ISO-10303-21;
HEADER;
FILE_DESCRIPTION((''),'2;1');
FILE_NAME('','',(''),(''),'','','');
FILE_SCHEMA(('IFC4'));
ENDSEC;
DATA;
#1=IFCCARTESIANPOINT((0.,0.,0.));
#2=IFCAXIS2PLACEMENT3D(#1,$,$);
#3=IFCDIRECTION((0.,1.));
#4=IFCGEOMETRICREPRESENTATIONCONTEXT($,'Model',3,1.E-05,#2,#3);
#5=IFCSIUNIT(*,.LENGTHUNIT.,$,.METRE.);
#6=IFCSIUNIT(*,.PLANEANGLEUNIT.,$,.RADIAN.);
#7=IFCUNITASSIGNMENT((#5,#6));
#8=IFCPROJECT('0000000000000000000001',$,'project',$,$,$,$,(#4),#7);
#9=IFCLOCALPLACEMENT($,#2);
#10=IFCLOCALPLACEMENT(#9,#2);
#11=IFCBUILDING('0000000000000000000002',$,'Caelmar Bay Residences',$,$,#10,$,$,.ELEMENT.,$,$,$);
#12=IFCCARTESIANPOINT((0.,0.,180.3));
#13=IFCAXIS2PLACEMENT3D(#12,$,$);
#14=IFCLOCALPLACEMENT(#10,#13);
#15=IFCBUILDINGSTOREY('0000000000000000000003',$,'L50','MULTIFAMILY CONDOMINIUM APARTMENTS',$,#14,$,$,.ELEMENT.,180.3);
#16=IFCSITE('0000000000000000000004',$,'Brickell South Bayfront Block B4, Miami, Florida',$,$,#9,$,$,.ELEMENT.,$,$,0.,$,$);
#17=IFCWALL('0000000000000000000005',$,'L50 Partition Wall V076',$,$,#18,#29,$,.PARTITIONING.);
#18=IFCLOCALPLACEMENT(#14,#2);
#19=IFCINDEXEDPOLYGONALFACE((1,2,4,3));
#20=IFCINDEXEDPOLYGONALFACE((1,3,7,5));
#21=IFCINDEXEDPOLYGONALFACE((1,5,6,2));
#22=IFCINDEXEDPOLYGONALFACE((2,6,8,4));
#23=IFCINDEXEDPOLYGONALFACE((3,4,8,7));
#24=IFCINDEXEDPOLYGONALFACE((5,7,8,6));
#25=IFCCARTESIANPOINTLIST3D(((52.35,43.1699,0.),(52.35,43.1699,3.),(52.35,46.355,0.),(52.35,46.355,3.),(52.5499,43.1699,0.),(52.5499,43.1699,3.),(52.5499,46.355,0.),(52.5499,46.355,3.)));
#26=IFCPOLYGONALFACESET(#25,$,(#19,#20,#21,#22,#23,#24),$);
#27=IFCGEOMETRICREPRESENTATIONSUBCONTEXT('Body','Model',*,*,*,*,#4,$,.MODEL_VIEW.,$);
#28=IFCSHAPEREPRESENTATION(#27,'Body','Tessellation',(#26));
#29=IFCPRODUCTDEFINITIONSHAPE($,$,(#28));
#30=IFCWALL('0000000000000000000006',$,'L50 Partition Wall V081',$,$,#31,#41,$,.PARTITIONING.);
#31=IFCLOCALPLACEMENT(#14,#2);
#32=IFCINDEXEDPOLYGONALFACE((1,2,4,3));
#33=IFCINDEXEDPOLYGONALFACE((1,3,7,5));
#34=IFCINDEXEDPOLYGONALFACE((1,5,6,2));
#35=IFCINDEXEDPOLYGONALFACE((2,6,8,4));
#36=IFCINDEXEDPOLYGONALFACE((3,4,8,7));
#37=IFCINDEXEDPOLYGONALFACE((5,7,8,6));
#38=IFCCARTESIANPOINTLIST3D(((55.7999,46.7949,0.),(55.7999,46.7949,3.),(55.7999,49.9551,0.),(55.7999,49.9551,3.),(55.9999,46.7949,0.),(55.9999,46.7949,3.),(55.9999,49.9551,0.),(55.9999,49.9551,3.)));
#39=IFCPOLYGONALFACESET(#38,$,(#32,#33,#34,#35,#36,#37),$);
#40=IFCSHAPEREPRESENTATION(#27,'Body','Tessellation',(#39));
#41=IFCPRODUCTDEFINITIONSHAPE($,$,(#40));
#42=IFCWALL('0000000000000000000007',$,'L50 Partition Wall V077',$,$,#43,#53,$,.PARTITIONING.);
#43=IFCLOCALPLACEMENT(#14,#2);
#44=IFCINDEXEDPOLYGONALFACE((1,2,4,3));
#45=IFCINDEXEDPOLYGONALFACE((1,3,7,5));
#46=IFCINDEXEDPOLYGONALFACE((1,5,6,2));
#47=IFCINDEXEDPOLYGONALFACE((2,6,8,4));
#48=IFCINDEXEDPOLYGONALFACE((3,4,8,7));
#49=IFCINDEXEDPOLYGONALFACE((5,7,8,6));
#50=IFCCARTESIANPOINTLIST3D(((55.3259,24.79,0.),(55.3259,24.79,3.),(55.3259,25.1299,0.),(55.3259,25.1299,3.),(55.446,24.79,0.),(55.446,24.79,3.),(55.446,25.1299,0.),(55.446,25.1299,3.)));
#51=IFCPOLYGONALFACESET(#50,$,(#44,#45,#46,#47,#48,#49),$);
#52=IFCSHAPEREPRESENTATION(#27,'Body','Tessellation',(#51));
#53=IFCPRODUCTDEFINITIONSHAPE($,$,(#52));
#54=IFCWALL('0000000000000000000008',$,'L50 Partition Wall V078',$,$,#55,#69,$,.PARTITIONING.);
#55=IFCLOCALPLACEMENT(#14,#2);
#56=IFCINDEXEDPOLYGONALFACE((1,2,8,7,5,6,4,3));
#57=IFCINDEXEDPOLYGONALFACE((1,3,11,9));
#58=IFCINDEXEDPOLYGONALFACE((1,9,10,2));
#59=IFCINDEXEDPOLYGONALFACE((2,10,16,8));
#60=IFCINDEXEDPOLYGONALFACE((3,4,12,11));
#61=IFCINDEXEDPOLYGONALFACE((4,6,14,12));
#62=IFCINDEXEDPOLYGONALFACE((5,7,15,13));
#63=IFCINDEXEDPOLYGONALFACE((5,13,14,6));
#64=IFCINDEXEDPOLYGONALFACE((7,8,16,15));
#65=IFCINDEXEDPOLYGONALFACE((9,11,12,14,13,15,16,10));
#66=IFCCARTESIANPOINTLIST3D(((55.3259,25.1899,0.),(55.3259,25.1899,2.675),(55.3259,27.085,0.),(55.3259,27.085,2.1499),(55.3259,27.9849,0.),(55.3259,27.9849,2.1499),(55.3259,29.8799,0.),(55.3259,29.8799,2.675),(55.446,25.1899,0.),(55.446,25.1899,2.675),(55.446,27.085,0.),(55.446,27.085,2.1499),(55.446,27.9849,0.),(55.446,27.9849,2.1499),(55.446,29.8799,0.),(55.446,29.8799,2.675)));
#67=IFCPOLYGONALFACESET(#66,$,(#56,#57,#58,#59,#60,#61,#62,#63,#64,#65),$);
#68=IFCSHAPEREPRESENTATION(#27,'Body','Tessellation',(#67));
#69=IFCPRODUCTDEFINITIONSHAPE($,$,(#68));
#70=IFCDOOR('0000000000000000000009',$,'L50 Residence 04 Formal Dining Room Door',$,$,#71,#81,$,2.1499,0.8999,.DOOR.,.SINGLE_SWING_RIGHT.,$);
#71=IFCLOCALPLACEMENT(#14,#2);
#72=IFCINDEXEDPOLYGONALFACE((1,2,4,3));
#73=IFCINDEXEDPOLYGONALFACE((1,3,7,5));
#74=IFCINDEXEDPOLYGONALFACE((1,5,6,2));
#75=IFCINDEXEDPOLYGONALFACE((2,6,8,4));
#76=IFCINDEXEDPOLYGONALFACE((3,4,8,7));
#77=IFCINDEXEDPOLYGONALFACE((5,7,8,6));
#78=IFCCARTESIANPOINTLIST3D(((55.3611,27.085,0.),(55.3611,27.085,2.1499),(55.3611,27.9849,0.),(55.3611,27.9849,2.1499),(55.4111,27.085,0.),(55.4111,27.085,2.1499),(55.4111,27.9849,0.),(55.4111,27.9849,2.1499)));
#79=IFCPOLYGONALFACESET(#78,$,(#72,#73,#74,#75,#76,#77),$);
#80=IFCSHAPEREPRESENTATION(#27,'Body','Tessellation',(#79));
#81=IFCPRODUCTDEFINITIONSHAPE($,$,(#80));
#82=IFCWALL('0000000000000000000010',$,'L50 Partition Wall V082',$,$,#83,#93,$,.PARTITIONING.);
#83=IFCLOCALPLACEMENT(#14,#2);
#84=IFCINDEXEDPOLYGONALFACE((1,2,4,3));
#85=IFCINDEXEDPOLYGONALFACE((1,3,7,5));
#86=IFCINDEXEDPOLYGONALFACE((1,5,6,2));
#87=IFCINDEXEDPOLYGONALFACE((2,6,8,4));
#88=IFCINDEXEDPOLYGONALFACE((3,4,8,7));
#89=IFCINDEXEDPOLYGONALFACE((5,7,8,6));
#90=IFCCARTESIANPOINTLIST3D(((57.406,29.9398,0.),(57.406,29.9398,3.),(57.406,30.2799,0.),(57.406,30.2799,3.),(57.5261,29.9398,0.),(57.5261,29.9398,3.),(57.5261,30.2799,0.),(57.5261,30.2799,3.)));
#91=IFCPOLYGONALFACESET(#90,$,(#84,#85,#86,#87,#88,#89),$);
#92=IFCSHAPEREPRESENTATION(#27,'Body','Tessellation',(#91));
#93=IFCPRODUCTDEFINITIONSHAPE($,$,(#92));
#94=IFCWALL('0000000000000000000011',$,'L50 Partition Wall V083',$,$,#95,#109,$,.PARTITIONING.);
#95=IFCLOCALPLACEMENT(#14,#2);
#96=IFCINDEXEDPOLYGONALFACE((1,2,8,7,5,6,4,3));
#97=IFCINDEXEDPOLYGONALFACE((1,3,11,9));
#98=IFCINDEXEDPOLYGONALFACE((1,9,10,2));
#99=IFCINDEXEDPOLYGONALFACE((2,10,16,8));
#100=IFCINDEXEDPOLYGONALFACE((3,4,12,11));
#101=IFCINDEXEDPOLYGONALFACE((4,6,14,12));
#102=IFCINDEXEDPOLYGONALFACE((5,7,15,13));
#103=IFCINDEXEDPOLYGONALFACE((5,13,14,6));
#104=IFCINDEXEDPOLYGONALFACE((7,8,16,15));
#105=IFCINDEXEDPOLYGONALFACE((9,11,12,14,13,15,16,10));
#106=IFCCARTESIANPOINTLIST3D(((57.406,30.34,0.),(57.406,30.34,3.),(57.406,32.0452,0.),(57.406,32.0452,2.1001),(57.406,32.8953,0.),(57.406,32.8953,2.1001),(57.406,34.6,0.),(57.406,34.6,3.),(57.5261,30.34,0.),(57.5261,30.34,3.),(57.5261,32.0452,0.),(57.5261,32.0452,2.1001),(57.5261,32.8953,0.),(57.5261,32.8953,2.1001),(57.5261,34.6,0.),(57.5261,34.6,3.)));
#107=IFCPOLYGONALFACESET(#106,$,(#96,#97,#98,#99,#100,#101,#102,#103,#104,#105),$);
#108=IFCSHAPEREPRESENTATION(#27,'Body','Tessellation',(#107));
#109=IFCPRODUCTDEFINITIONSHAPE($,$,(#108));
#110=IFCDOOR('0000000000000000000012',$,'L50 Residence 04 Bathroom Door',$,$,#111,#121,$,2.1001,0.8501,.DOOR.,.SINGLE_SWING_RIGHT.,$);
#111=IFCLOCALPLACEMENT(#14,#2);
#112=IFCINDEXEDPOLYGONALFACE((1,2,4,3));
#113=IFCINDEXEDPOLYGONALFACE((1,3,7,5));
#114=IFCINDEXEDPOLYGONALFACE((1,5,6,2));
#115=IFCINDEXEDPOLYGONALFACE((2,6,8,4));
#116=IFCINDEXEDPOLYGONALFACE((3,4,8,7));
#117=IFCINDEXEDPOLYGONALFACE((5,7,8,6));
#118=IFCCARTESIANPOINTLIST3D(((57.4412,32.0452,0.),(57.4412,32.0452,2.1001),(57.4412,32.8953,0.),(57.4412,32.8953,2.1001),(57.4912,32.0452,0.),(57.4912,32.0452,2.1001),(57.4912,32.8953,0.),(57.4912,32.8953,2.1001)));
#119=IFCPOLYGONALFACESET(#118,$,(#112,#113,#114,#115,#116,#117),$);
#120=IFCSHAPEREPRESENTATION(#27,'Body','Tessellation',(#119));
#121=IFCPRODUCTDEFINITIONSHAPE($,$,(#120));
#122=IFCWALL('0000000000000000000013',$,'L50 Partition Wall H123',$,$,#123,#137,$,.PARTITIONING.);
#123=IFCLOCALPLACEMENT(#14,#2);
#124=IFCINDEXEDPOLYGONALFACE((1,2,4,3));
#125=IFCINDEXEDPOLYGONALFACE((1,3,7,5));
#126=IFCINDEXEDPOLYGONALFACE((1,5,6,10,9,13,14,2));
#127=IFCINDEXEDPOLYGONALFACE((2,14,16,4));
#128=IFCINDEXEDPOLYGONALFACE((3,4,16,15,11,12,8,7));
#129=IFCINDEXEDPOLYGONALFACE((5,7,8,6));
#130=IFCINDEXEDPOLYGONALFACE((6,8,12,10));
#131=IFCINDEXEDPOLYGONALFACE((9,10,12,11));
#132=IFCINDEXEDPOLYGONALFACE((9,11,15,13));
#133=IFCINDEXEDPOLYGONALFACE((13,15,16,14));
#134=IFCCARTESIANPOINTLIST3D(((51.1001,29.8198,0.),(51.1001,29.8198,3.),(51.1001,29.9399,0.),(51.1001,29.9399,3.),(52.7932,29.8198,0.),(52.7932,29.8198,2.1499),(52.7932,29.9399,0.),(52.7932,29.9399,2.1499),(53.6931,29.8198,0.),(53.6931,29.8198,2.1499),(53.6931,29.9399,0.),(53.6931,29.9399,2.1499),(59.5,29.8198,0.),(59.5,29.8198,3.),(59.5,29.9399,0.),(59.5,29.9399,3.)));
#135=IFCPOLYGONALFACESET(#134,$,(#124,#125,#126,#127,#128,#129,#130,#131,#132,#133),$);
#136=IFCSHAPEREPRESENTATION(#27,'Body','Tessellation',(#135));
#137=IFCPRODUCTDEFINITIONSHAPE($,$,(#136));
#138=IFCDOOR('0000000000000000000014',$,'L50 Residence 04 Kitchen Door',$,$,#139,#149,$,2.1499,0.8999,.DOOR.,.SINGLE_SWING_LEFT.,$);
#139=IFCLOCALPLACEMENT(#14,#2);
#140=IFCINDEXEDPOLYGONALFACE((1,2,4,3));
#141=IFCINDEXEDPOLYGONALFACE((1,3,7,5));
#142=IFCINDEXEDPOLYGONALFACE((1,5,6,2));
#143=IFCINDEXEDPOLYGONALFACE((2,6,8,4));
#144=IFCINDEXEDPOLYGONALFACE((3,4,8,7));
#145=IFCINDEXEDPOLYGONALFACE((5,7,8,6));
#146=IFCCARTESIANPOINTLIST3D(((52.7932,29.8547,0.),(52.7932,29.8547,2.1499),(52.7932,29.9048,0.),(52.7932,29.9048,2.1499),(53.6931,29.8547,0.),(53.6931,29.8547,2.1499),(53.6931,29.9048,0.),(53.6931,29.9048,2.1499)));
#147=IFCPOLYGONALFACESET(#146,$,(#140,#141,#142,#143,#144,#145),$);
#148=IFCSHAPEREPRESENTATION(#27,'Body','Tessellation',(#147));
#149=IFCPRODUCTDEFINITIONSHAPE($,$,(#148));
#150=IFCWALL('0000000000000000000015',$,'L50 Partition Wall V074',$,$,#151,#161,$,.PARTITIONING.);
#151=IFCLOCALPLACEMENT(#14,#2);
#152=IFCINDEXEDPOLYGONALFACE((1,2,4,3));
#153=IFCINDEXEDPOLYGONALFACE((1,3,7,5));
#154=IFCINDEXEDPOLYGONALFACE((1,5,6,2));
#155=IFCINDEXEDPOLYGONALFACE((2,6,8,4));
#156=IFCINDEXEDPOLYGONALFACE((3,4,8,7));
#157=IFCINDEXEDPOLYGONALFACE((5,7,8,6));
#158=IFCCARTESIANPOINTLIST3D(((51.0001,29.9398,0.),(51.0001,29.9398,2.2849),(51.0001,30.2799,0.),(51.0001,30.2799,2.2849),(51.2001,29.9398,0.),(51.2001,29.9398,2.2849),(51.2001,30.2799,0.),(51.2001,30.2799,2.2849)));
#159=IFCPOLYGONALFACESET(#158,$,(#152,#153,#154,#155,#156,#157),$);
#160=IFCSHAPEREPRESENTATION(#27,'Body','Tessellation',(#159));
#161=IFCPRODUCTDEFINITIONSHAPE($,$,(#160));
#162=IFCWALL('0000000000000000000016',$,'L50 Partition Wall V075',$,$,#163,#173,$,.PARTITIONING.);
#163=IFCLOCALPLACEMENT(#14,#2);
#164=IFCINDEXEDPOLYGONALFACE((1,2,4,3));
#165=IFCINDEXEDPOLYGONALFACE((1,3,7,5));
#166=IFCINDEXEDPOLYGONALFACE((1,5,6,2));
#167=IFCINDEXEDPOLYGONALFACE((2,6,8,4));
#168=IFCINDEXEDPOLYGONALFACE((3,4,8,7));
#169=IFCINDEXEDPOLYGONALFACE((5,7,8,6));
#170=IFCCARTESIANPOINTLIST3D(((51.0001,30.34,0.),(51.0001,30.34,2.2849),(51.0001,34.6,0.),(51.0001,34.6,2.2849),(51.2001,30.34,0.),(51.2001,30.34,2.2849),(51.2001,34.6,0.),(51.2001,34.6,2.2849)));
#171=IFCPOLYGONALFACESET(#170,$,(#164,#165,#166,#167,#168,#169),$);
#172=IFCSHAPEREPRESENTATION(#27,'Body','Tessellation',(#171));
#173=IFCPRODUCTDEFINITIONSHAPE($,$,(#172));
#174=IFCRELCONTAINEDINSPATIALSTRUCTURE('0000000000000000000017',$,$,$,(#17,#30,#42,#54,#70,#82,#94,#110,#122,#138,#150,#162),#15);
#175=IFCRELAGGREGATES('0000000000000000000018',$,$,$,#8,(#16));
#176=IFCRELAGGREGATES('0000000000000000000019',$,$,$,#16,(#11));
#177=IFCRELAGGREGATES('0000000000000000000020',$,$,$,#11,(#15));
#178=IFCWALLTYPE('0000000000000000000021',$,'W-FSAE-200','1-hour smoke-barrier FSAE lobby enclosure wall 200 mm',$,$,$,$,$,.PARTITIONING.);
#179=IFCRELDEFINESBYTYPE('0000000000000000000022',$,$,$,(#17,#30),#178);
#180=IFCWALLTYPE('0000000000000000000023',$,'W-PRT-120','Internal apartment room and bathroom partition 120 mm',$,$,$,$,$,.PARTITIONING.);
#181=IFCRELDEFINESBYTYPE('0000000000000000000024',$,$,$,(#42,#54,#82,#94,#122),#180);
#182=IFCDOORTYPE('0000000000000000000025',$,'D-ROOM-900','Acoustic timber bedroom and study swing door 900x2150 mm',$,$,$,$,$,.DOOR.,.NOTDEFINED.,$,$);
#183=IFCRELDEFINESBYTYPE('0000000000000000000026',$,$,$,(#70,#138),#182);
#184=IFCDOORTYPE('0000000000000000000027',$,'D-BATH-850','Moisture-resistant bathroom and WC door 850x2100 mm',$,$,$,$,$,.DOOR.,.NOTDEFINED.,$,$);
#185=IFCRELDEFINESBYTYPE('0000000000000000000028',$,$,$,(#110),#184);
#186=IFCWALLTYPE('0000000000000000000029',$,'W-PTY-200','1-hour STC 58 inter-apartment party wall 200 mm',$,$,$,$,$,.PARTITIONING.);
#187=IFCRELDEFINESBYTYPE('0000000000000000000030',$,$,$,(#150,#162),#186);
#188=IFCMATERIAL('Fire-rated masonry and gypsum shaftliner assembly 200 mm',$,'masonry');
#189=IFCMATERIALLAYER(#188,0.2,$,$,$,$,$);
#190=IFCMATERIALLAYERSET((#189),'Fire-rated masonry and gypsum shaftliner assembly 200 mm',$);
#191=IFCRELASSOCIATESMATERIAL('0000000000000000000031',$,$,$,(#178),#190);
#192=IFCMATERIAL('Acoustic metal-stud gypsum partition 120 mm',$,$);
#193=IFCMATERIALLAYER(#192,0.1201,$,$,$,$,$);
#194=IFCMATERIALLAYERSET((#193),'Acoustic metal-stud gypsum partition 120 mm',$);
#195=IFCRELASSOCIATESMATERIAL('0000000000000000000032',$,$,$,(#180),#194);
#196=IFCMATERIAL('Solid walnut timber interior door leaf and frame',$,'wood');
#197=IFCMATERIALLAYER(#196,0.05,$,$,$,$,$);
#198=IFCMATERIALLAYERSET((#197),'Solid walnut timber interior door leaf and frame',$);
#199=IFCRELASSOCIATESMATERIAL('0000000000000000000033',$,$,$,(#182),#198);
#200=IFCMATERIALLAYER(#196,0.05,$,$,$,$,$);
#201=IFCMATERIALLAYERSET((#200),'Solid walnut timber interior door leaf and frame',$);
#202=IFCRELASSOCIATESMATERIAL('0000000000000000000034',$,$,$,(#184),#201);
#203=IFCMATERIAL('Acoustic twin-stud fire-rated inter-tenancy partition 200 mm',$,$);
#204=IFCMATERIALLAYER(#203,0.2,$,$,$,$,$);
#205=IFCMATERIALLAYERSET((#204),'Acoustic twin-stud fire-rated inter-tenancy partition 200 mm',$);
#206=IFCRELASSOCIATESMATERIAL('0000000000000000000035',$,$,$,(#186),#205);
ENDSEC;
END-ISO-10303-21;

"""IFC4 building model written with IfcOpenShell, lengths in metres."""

from ifc_helpers import new_model, si_unit, direction, frame, frame_2d, origin, place, context, subcontext, project, spatial, rectangle, extrude, material, layer, layer_set, type_object, element, fill, save


model = new_model("IFC4")

# Units and contexts
model_context = context("Model", 3, precision=1e-05, world=origin(), true_north=direction((0.0, 1.0)))
body_context = subcontext(model_context, "Body", "Model", "MODEL_VIEW")
ifc_project = project(units=[si_unit("LENGTHUNIT", "METRE"), si_unit("PLANEANGLEUNIT", "RADIAN")], contexts=[model_context])

# Site, building, storey
site_placement = place(None, origin())
site = spatial("IfcSite", under=ifc_project, at=site_placement, Name="Brickell South Bayfront Block B4, Miami, Florida", CompositionType="ELEMENT", RefElevation=0.0)
building_placement = place(site_placement, origin())
building = spatial("IfcBuilding", under=site, at=building_placement, Name="Caelmar Bay Residences", CompositionType="ELEMENT")
storey_placement = place(building_placement, frame((0.0, 0.0, 180.3)))
storey = spatial("IfcBuildingStorey", under=building, at=storey_placement, Name="L50", Description="MULTIFAMILY CONDOMINIUM APARTMENTS", CompositionType="ELEMENT", Elevation=180.3)

# Walls
ifc_material_1 = material(Name="Fire-rated masonry and gypsum shaftliner assembly 200 mm", Category="masonry")
ifc_layer_1 = layer(ifc_material_1, 0.2)
ifc_layer_set_1 = layer_set([ifc_layer_1], Name="Fire-rated masonry and gypsum shaftliner assembly 200 mm")
wall_type_1 = type_object("IfcWallType", Name="W-FSAE-200", Description="1-hour smoke-barrier FSAE lobby enclosure wall 200 mm", PredefinedType="PARTITIONING", material=ifc_layer_set_1)
wall_1_placement = place(storey_placement, frame((52.45, 43.1699, 0.0), z_axis=(0.0, 0.0, 1.0), x_axis=(0.0, 1.0, 0.0)))
element("IfcWall", 1, at=wall_1_placement, inside=storey, type_object=wall_type_1, Name="L50 Partition Wall V076", PredefinedType="PARTITIONING", context=body_context, shape_type="SweptSolid", body=[
    extrude(rectangle(XDim=3.1851, YDim=0.2, at=frame_2d((1.5925, 0.0))), origin(), (0.0, 0.0, 1.0), 3.0),
])
wall_2_placement = place(storey_placement, frame((55.8999, 46.7949, 0.0), z_axis=(0.0, 0.0, 1.0), x_axis=(0.0, 1.0, 0.0)))
element("IfcWall", 2, at=wall_2_placement, inside=storey, type_object=wall_type_1, Name="L50 Partition Wall V081", PredefinedType="PARTITIONING", context=body_context, shape_type="SweptSolid", body=[
    extrude(rectangle(XDim=3.1602, YDim=0.2, at=frame_2d((1.5801, 0.0))), origin(), (0.0, 0.0, 1.0), 3.0),
])
ifc_material_2 = material(Name="Acoustic metal-stud gypsum partition 120 mm")
ifc_layer_2 = layer(ifc_material_2, 0.1201)
ifc_layer_set_2 = layer_set([ifc_layer_2], Name="Acoustic metal-stud gypsum partition 120 mm")
wall_type_2 = type_object("IfcWallType", Name="W-PRT-120", Description="Internal apartment room and bathroom partition 120 mm", PredefinedType="PARTITIONING", material=ifc_layer_set_2)
wall_3_placement = place(storey_placement, frame((55.386, 24.79, 0.0), z_axis=(0.0, 0.0, 1.0), x_axis=(0.0, 1.0, 0.0)))
element("IfcWall", 3, at=wall_3_placement, inside=storey, type_object=wall_type_2, Name="L50 Partition Wall V077", PredefinedType="PARTITIONING", context=body_context, shape_type="SweptSolid", body=[
    extrude(rectangle(XDim=0.3398, YDim=0.1201, at=frame_2d((0.1699, 0.0))), origin(), (0.0, 0.0, 1.0), 3.0),
])

# Wall, opening, door
wall_4_placement = place(storey_placement, frame((55.386, 25.1899, 0.0), z_axis=(0.0, 0.0, 1.0), x_axis=(0.0, 1.0, 0.0)))
wall_4 = element("IfcWall", 4, at=wall_4_placement, inside=storey, type_object=wall_type_2, Name="L50 Partition Wall V078", PredefinedType="PARTITIONING", context=body_context, shape_type="SweptSolid", body=[
    extrude(rectangle(XDim=4.6899, YDim=0.1201, at=frame_2d((2.345, 0.0))), origin(), (0.0, 0.0, 1.0), 2.675),
])
opening_1_placement = place(wall_4_placement, frame((1.895, 0.0, 0.0)))
opening_1 = element("IfcOpeningElement", 5, at=opening_1_placement, cuts=wall_4, PredefinedType="OPENING", context=body_context, shape_type="SweptSolid", body=[
    extrude(rectangle(XDim=0.8999, YDim=2.1499, at=frame_2d((0.45, 1.075))), frame((0.0, 0.0701, 0.0), z_axis=(0.0, -1.0, 0.0), x_axis=(1.0, 0.0, 0.0)), (0.0, 0.0, 1.0), 0.1401),
])
ifc_material_3 = material(Name="Solid walnut timber interior door leaf and frame", Category="wood")
ifc_layer_3 = layer(ifc_material_3, 0.05)
ifc_layer_set_3 = layer_set([ifc_layer_3], Name="Solid walnut timber interior door leaf and frame")
door_type_1 = type_object("IfcDoorType", Name="D-ROOM-900", Description="Acoustic timber bedroom and study swing door 900x2150 mm", OperationType="NOTDEFINED", PredefinedType="DOOR", material=ifc_layer_set_3)
door_1_placement = place(opening_1_placement, origin())
door_1 = element("IfcDoor", 6, at=door_1_placement, inside=storey, type_object=door_type_1, Name="L50 Residence 04 Formal Dining Room Door", OperationType="SINGLE_SWING_RIGHT", OverallHeight=2.1499, OverallWidth=0.8999, PredefinedType="DOOR", context=body_context, shape_type="SweptSolid", body=[
    extrude(rectangle(XDim=0.8999, YDim=2.1499, at=frame_2d((0.45, 1.075))), frame((0.0, 0.0249, 0.0), z_axis=(0.0, -1.0, 0.0), x_axis=(1.0, 0.0, 0.0)), (0.0, 0.0, 1.0), 0.05),
])
fill(opening_1, door_1)

# Wall
wall_5_placement = place(storey_placement, frame((57.4661, 29.9399, 0.0), z_axis=(0.0, 0.0, 1.0), x_axis=(0.0, 1.0, 0.0)))
element("IfcWall", 7, at=wall_5_placement, inside=storey, type_object=wall_type_2, Name="L50 Partition Wall V082", PredefinedType="PARTITIONING", context=body_context, shape_type="SweptSolid", body=[
    extrude(rectangle(XDim=0.3401, YDim=0.1201, at=frame_2d((0.1699, 0.0))), origin(), (0.0, 0.0, 1.0), 3.0),
])

# Walls, openings, doors
wall_6_placement = place(storey_placement, frame((57.4661, 30.3401, 0.0), z_axis=(0.0, 0.0, 1.0), x_axis=(0.0, 1.0, 0.0)))
wall_6 = element("IfcWall", 8, at=wall_6_placement, inside=storey, type_object=wall_type_2, Name="L50 Partition Wall V083", PredefinedType="PARTITIONING", context=body_context, shape_type="SweptSolid", body=[
    extrude(rectangle(XDim=4.26, YDim=0.1201, at=frame_2d((2.1299, 0.0))), origin(), (0.0, 0.0, 1.0), 3.0),
])
opening_2_placement = place(wall_6_placement, frame((1.7051, 0.0, 0.0)))
opening_2 = element("IfcOpeningElement", 9, at=opening_2_placement, cuts=wall_6, PredefinedType="OPENING", context=body_context, shape_type="SweptSolid", body=[
    extrude(rectangle(XDim=0.8501, YDim=2.1001, at=frame_2d((0.425, 1.05))), frame((0.0, 0.0701, 0.0), z_axis=(0.0, -1.0, 0.0), x_axis=(1.0, 0.0, 0.0)), (0.0, 0.0, 1.0), 0.1401),
])
ifc_layer_4 = layer(ifc_material_3, 0.05)
ifc_layer_set_4 = layer_set([ifc_layer_4], Name="Solid walnut timber interior door leaf and frame")
door_type_2 = type_object("IfcDoorType", Name="D-BATH-850", Description="Moisture-resistant bathroom and WC door 850x2100 mm", OperationType="NOTDEFINED", PredefinedType="DOOR", material=ifc_layer_set_4)
door_2_placement = place(opening_2_placement, origin())
door_2 = element("IfcDoor", 10, at=door_2_placement, inside=storey, type_object=door_type_2, Name="L50 Residence 04 Bathroom Door", OperationType="SINGLE_SWING_RIGHT", OverallHeight=2.1001, OverallWidth=0.8501, PredefinedType="DOOR", context=body_context, shape_type="SweptSolid", body=[
    extrude(rectangle(XDim=0.8501, YDim=2.1001, at=frame_2d((0.425, 1.05))), frame((0.0, 0.0249, 0.0), z_axis=(0.0, -1.0, 0.0), x_axis=(1.0, 0.0, 0.0)), (0.0, 0.0, 1.0), 0.05),
])
fill(opening_2, door_2)
wall_7_placement = place(storey_placement, frame((51.1001, 29.8799, 0.0), z_axis=(0.0, 0.0, 1.0), x_axis=(1.0, 0.0, 0.0)))
wall_7 = element("IfcWall", 11, at=wall_7_placement, inside=storey, type_object=wall_type_2, Name="L50 Partition Wall H123", PredefinedType="PARTITIONING", context=body_context, shape_type="SweptSolid", body=[
    extrude(rectangle(XDim=8.3999, YDim=0.1201, at=frame_2d((4.2, 0.0))), origin(), (0.0, 0.0, 1.0), 3.0),
])
opening_3_placement = place(wall_7_placement, frame((1.6931, 0.0, 0.0)))
opening_3 = element("IfcOpeningElement", 12, at=opening_3_placement, cuts=wall_7, PredefinedType="OPENING", context=body_context, shape_type="SweptSolid", body=[
    extrude(rectangle(XDim=0.8999, YDim=2.1499, at=frame_2d((0.45, 1.075))), frame((0.0, 0.0701, 0.0), z_axis=(0.0, -1.0, 0.0), x_axis=(1.0, 0.0, 0.0)), (0.0, 0.0, 1.0), 0.1401),
])
door_3_placement = place(opening_3_placement, origin())
door_3 = element("IfcDoor", 13, at=door_3_placement, inside=storey, type_object=door_type_1, Name="L50 Residence 04 Kitchen Door", OperationType="SINGLE_SWING_LEFT", OverallHeight=2.1499, OverallWidth=0.8999, PredefinedType="DOOR", context=body_context, shape_type="SweptSolid", body=[
    extrude(rectangle(XDim=0.8999, YDim=2.1499, at=frame_2d((0.45, 1.075))), frame((0.0, 0.0249, 0.0), z_axis=(0.0, -1.0, 0.0), x_axis=(1.0, 0.0, 0.0)), (0.0, 0.0, 1.0), 0.05),
])
fill(opening_3, door_3)

# Walls
ifc_material_4 = material(Name="Acoustic twin-stud fire-rated inter-tenancy partition 200 mm")
ifc_layer_5 = layer(ifc_material_4, 0.2)
ifc_layer_set_5 = layer_set([ifc_layer_5], Name="Acoustic twin-stud fire-rated inter-tenancy partition 200 mm")
wall_type_3 = type_object("IfcWallType", Name="W-PTY-200", Description="1-hour STC 58 inter-apartment party wall 200 mm", PredefinedType="PARTITIONING", material=ifc_layer_set_5)
wall_8_placement = place(storey_placement, frame((51.1001, 29.9399, 0.0), z_axis=(0.0, 0.0, 1.0), x_axis=(0.0, 1.0, 0.0)))
element("IfcWall", 14, at=wall_8_placement, inside=storey, type_object=wall_type_3, Name="L50 Partition Wall V074", PredefinedType="PARTITIONING", context=body_context, shape_type="SweptSolid", body=[
    extrude(rectangle(XDim=0.3401, YDim=0.2, at=frame_2d((0.1699, 0.0))), origin(), (0.0, 0.0, 1.0), 2.2849),
])
wall_9_placement = place(storey_placement, frame((51.1001, 30.3401, 0.0), z_axis=(0.0, 0.0, 1.0), x_axis=(0.0, 1.0, 0.0)))
element("IfcWall", 15, at=wall_9_placement, inside=storey, type_object=wall_type_3, Name="L50 Partition Wall V075", PredefinedType="PARTITIONING", context=body_context, shape_type="SweptSolid", body=[
    extrude(rectangle(XDim=4.26, YDim=0.2, at=frame_2d((2.1299, 0.0))), origin(), (0.0, 0.0, 1.0), 2.2849),
])

save(model, "model.ifc")
